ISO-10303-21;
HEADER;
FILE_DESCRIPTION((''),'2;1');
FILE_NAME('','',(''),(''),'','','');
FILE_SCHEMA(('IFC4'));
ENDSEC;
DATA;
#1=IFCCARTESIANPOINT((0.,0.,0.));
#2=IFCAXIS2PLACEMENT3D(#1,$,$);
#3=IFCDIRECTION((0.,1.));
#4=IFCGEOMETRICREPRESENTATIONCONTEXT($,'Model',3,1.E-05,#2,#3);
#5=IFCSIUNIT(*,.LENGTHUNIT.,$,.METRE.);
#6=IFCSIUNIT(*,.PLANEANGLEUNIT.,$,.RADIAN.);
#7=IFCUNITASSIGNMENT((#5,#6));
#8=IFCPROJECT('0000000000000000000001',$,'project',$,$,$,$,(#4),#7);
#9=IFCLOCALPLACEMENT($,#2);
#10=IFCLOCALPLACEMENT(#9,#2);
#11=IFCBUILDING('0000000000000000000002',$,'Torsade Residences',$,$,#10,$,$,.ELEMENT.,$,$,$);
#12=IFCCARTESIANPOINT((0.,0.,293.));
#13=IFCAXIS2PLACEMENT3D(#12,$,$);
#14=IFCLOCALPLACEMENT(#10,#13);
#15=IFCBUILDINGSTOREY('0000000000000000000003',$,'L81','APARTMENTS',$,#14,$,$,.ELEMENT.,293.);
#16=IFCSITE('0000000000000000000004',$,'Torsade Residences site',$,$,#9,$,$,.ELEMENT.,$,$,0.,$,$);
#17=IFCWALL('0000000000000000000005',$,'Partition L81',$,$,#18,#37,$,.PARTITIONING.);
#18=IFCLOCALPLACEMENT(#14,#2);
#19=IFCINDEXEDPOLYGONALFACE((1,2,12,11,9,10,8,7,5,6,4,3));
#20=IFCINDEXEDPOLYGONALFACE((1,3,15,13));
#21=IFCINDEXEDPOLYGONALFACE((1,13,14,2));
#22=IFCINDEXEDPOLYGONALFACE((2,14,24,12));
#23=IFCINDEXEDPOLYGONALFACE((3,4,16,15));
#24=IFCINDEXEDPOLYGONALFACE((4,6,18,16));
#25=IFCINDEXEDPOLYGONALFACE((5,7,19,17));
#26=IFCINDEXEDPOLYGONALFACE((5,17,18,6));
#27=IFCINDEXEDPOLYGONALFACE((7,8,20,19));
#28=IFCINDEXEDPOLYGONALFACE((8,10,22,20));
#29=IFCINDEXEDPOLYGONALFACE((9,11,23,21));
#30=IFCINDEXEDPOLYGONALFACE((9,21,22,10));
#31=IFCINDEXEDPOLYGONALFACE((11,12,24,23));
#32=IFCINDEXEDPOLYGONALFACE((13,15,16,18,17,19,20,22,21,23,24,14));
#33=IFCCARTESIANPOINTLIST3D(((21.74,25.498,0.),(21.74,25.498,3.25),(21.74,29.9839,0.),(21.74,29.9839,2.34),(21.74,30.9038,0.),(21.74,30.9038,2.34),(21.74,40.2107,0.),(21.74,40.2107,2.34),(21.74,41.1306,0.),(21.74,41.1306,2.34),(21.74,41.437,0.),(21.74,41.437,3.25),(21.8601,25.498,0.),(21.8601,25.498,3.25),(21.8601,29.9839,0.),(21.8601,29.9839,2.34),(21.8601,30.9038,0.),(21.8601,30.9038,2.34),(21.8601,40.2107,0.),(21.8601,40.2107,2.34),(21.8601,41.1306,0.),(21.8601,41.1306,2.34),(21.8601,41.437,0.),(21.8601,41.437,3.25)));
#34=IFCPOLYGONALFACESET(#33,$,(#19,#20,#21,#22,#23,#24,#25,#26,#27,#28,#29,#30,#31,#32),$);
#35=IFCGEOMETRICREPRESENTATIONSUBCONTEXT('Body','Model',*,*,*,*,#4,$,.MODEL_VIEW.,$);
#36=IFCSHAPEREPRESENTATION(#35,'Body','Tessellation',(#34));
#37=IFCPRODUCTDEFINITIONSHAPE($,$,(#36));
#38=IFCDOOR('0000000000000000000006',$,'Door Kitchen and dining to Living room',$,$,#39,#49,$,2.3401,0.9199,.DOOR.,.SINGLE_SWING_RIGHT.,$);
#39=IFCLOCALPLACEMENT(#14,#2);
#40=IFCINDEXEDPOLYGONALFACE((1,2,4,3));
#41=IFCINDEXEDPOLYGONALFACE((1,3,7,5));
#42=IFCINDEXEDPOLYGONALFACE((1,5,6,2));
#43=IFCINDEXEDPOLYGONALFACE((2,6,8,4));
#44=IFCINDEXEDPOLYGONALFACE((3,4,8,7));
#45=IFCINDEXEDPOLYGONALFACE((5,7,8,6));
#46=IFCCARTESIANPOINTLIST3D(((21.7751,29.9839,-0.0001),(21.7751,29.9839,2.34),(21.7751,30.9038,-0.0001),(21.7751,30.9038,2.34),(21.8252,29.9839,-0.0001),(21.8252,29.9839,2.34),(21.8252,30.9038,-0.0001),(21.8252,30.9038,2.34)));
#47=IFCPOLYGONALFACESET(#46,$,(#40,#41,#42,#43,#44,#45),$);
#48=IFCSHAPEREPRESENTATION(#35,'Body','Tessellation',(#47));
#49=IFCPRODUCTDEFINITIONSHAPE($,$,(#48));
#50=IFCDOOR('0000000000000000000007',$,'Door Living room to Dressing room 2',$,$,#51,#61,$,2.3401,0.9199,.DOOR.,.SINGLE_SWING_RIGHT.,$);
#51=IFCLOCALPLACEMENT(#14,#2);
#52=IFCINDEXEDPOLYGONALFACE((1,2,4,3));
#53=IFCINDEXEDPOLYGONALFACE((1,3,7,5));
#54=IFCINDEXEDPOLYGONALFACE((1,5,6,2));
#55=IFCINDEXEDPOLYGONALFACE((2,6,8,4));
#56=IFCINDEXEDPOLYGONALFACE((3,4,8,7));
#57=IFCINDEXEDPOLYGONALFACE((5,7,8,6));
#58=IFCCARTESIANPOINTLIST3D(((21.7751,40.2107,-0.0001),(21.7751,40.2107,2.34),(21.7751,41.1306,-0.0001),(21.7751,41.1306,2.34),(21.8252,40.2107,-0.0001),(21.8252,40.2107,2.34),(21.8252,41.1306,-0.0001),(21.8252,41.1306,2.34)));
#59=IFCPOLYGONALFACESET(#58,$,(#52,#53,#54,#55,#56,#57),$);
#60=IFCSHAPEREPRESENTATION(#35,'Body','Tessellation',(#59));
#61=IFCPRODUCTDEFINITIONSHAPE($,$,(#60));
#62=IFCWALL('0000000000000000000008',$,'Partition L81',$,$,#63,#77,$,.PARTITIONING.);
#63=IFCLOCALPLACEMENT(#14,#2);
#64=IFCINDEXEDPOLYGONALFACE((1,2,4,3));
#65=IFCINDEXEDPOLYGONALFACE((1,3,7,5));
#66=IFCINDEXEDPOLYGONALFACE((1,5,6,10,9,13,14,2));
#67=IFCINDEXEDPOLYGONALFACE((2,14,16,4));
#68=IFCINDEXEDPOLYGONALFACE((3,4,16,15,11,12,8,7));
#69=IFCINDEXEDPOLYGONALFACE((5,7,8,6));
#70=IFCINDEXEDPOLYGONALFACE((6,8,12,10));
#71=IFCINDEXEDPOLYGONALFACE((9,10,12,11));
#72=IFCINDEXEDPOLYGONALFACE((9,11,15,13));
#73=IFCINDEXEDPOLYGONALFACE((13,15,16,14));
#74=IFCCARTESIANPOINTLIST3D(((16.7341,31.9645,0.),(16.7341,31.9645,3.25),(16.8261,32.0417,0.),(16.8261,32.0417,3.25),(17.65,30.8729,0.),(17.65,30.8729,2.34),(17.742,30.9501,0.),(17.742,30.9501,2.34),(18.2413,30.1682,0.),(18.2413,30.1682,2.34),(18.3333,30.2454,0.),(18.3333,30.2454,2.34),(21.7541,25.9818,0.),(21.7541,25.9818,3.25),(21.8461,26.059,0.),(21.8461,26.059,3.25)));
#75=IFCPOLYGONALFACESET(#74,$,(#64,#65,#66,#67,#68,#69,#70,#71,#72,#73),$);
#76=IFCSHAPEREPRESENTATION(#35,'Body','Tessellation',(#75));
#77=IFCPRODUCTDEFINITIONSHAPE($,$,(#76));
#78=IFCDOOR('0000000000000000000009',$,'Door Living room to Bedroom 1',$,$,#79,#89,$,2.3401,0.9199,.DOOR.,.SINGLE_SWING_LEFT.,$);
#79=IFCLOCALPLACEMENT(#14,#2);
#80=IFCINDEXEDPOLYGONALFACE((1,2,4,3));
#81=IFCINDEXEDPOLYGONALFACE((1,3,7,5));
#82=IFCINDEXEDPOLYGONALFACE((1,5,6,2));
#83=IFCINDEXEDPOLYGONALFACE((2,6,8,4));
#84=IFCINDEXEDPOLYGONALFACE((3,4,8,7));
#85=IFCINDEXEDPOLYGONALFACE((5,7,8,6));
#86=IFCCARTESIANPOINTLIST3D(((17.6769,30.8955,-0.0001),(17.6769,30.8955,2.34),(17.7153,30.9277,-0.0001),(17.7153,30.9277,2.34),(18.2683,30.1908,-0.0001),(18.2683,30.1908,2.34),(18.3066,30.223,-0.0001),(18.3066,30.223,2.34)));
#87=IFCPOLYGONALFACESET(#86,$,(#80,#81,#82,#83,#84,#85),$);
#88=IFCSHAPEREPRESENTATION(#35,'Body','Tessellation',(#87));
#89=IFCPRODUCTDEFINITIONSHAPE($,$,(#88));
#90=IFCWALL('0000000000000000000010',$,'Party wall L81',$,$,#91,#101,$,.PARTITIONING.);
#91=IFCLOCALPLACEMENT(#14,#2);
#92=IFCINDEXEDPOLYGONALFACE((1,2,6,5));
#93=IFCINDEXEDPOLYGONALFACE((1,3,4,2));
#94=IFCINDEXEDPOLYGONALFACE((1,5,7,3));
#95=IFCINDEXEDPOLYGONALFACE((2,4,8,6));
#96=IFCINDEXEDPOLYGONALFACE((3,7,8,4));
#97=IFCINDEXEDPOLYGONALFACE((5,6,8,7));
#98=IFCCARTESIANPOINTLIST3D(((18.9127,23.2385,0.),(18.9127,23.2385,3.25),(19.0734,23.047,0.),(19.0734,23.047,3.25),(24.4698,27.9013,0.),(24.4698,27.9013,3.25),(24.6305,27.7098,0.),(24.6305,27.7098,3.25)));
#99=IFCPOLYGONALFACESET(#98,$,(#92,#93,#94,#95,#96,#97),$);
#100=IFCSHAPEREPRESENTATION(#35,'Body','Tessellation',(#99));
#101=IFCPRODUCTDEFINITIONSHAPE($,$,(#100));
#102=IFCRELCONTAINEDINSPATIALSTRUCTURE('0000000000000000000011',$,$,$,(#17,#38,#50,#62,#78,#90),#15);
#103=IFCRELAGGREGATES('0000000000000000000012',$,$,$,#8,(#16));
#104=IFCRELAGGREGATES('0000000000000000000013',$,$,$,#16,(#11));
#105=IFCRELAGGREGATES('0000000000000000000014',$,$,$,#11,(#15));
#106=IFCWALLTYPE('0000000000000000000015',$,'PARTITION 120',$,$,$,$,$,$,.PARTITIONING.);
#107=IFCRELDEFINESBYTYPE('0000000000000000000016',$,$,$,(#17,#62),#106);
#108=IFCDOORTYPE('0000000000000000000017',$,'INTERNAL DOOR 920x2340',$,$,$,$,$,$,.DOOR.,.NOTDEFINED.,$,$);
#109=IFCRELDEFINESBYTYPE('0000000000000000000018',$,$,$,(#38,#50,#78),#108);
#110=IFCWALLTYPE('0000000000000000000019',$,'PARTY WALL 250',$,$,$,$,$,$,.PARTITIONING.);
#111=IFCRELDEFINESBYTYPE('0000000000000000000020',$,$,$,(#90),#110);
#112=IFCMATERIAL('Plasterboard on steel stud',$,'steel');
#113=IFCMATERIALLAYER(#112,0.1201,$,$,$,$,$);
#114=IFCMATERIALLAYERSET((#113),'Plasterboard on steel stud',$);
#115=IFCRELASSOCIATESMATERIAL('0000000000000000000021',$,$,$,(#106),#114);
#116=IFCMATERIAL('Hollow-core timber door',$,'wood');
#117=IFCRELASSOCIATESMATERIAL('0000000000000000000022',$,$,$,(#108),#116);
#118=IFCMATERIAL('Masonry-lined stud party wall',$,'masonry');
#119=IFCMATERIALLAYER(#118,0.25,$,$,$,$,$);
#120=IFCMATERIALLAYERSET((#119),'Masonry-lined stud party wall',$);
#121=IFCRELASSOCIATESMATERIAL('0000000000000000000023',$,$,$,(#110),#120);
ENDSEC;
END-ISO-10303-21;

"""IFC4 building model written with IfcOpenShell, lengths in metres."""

from ifc_helpers import new_model, si_unit, direction, frame, frame_2d, origin, place, context, subcontext, project, spatial, rectangle, extrude, material, layer, layer_set, type_object, element, fill, save


model = new_model("IFC4")

# Units and contexts
model_context = context("Model", 3, precision=1e-05, world=origin(), true_north=direction((0.0, 1.0)))
body_context = subcontext(model_context, "Body", "Model", "MODEL_VIEW")
ifc_project = project(units=[si_unit("LENGTHUNIT", "METRE"), si_unit("PLANEANGLEUNIT", "RADIAN")], contexts=[model_context])

# Site, building, storey
site_placement = place(None, origin())
site = spatial("IfcSite", under=ifc_project, at=site_placement, Name="Torsade Residences site", CompositionType="ELEMENT", RefElevation=0.0)
building_placement = place(site_placement, origin())
building = spatial("IfcBuilding", under=site, at=building_placement, Name="Torsade Residences", CompositionType="ELEMENT")
storey_placement = place(building_placement, frame((0.0, 0.0, 293.0)))
storey = spatial("IfcBuildingStorey", under=building, at=storey_placement, Name="L81", Description="APARTMENTS", CompositionType="ELEMENT", Elevation=293.0)

# Shared definitions
ifc_material_1 = material(Name="Plasterboard on steel stud", Category="steel")
ifc_layer_1 = layer(ifc_material_1, 0.1201)
ifc_layer_set_1 = layer_set([ifc_layer_1], Name="Plasterboard on steel stud")
wall_type_1 = type_object("IfcWallType", Name="PARTITION 120", PredefinedType="PARTITIONING", material=ifc_layer_set_1)

# Wall, openings, doors
wall_1_placement = place(storey_placement, frame((21.8, 25.498, 0.0), z_axis=(0.0, 0.0, 1.0), x_axis=(0.0, 1.0, 0.0)))
wall_1 = element("IfcWall", 1, at=wall_1_placement, inside=storey, type_object=wall_type_1, Name="Partition L81", PredefinedType="PARTITIONING", context=body_context, shape_type="SweptSolid", body=[
    extrude(rectangle(XDim=15.939, YDim=0.1201, at=frame_2d((7.9695, 0.0))), origin(), (0.0, 0.0, 1.0), 3.25),
])
opening_1_placement = place(wall_1_placement, frame((4.4858, 0.0, 0.0)))
opening_1 = element("IfcOpeningElement", 2, at=opening_1_placement, cuts=wall_1, PredefinedType="OPENING", context=body_context, shape_type="SweptSolid", body=[
    extrude(rectangle(XDim=0.9199, YDim=2.3401, at=frame_2d((0.46, 1.1699))), frame((0.0, 0.0701, 0.0), z_axis=(0.0, -1.0, 0.0), x_axis=(1.0, 0.0, 0.0)), (0.0, 0.0, 1.0), 0.1401),
])
opening_2_placement = place(wall_1_placement, frame((14.7126, 0.0, 0.0)))
opening_2 = element("IfcOpeningElement", 3, at=opening_2_placement, cuts=wall_1, PredefinedType="OPENING", context=body_context, shape_type="SweptSolid", body=[
    extrude(rectangle(XDim=0.9199, YDim=2.3401, at=frame_2d((0.46, 1.1699))), frame((0.0, 0.0701, 0.0), z_axis=(0.0, -1.0, 0.0), x_axis=(1.0, 0.0, 0.0)), (0.0, 0.0, 1.0), 0.1401),
])
ifc_material_2 = material(Name="Hollow-core timber door", Category="wood")
door_type_1 = type_object("IfcDoorType", Name="INTERNAL DOOR 920x2340", OperationType="NOTDEFINED", PredefinedType="DOOR", material=ifc_material_2)
door_1_placement = place(opening_1_placement, origin())
door_1 = element("IfcDoor", 4, at=door_1_placement, inside=storey, type_object=door_type_1, Name="Door Kitchen and dining to Living room", OperationType="SINGLE_SWING_RIGHT", OverallHeight=2.3401, OverallWidth=0.9199, PredefinedType="DOOR", context=body_context, shape_type="SweptSolid", body=[
    extrude(rectangle(XDim=0.9199, YDim=2.3401, at=frame_2d((0.46, 1.1699))), frame((0.0, 0.0249, 0.0), z_axis=(0.0, -1.0, 0.0), x_axis=(1.0, 0.0, 0.0)), (0.0, 0.0, 1.0), 0.05),
])
fill(opening_1, door_1)
door_2_placement = place(opening_2_placement, origin())
door_2 = element("IfcDoor", 5, at=door_2_placement, inside=storey, type_object=door_type_1, Name="Door Living room to Dressing room 2", OperationType="SINGLE_SWING_RIGHT", OverallHeight=2.3401, OverallWidth=0.9199, PredefinedType="DOOR", context=body_context, shape_type="SweptSolid", body=[
    extrude(rectangle(XDim=0.9199, YDim=2.3401, at=frame_2d((0.46, 1.1699))), frame((0.0, 0.0249, 0.0), z_axis=(0.0, -1.0, 0.0), x_axis=(1.0, 0.0, 0.0)), (0.0, 0.0, 1.0), 0.05),
])
fill(opening_2, door_2)

# Wall, opening, door
wall_2_placement = place(storey_placement, frame((21.8, 26.0205, 0.0), z_axis=(0.0, 0.0, 1.0), x_axis=(-0.642785, 0.766047, 0.0)))
wall_2 = element("IfcWall", 6, at=wall_2_placement, inside=storey, type_object=wall_type_1, Name="Partition L81", PredefinedType="PARTITIONING", context=body_context, shape_type="SweptSolid", body=[
    extrude(rectangle(XDim=7.8098, YDim=0.1201, at=frame_2d((3.9048, 0.0))), origin(), (0.0, 0.0, 1.0), 3.25),
])
opening_3_placement = place(wall_2_placement, frame((5.4648, 0.0, 0.0)))
opening_3 = element("IfcOpeningElement", 7, at=opening_3_placement, cuts=wall_2, PredefinedType="OPENING", context=body_context, shape_type="SweptSolid", body=[
    extrude(rectangle(XDim=0.9199, YDim=2.3401, at=frame_2d((0.46, 1.1699))), frame((0.0, 0.0701, 0.0), z_axis=(0.0, -1.0, 0.0), x_axis=(1.0, 0.0, 0.0)), (0.0, 0.0, 1.0), 0.1401),
])
door_3_placement = place(opening_3_placement, origin())
door_3 = element("IfcDoor", 8, at=door_3_placement, inside=storey, type_object=door_type_1, Name="Door Living room to Bedroom 1", OperationType="SINGLE_SWING_LEFT", OverallHeight=2.3401, OverallWidth=0.9199, PredefinedType="DOOR", context=body_context, shape_type="SweptSolid", body=[
    extrude(rectangle(XDim=0.9199, YDim=2.3401, at=frame_2d((0.46, 1.1699))), frame((0.0, 0.0249, 0.0), z_axis=(0.0, -1.0, 0.0), x_axis=(1.0, 0.0, 0.0)), (0.0, 0.0, 1.0), 0.05),
])
fill(opening_3, door_3)

# Wall
ifc_material_3 = material(Name="Masonry-lined stud party wall", Category="masonry")
ifc_layer_2 = layer(ifc_material_3, 0.25)
ifc_layer_set_2 = layer_set([ifc_layer_2], Name="Masonry-lined stud party wall")
wall_type_2 = type_object("IfcWallType", Name="PARTY WALL 250", PredefinedType="PARTITIONING", material=ifc_layer_set_2)
wall_3_placement = place(storey_placement, frame((18.9932, 23.1428, 0.0), z_axis=(0.0, 0.0, 1.0), x_axis=(0.766054, 0.642776, 0.0)))
element("IfcWall", 9, at=wall_3_placement, inside=storey, type_object=wall_type_2, Name="Party wall L81", PredefinedType="PARTITIONING", context=body_context, shape_type="SweptSolid", body=[
    extrude(rectangle(XDim=7.2542, YDim=0.25, at=frame_2d((3.627, 0.0))), origin(), (0.0, 0.0, 1.0), 3.25),
])

save(model, "model.ifc")
